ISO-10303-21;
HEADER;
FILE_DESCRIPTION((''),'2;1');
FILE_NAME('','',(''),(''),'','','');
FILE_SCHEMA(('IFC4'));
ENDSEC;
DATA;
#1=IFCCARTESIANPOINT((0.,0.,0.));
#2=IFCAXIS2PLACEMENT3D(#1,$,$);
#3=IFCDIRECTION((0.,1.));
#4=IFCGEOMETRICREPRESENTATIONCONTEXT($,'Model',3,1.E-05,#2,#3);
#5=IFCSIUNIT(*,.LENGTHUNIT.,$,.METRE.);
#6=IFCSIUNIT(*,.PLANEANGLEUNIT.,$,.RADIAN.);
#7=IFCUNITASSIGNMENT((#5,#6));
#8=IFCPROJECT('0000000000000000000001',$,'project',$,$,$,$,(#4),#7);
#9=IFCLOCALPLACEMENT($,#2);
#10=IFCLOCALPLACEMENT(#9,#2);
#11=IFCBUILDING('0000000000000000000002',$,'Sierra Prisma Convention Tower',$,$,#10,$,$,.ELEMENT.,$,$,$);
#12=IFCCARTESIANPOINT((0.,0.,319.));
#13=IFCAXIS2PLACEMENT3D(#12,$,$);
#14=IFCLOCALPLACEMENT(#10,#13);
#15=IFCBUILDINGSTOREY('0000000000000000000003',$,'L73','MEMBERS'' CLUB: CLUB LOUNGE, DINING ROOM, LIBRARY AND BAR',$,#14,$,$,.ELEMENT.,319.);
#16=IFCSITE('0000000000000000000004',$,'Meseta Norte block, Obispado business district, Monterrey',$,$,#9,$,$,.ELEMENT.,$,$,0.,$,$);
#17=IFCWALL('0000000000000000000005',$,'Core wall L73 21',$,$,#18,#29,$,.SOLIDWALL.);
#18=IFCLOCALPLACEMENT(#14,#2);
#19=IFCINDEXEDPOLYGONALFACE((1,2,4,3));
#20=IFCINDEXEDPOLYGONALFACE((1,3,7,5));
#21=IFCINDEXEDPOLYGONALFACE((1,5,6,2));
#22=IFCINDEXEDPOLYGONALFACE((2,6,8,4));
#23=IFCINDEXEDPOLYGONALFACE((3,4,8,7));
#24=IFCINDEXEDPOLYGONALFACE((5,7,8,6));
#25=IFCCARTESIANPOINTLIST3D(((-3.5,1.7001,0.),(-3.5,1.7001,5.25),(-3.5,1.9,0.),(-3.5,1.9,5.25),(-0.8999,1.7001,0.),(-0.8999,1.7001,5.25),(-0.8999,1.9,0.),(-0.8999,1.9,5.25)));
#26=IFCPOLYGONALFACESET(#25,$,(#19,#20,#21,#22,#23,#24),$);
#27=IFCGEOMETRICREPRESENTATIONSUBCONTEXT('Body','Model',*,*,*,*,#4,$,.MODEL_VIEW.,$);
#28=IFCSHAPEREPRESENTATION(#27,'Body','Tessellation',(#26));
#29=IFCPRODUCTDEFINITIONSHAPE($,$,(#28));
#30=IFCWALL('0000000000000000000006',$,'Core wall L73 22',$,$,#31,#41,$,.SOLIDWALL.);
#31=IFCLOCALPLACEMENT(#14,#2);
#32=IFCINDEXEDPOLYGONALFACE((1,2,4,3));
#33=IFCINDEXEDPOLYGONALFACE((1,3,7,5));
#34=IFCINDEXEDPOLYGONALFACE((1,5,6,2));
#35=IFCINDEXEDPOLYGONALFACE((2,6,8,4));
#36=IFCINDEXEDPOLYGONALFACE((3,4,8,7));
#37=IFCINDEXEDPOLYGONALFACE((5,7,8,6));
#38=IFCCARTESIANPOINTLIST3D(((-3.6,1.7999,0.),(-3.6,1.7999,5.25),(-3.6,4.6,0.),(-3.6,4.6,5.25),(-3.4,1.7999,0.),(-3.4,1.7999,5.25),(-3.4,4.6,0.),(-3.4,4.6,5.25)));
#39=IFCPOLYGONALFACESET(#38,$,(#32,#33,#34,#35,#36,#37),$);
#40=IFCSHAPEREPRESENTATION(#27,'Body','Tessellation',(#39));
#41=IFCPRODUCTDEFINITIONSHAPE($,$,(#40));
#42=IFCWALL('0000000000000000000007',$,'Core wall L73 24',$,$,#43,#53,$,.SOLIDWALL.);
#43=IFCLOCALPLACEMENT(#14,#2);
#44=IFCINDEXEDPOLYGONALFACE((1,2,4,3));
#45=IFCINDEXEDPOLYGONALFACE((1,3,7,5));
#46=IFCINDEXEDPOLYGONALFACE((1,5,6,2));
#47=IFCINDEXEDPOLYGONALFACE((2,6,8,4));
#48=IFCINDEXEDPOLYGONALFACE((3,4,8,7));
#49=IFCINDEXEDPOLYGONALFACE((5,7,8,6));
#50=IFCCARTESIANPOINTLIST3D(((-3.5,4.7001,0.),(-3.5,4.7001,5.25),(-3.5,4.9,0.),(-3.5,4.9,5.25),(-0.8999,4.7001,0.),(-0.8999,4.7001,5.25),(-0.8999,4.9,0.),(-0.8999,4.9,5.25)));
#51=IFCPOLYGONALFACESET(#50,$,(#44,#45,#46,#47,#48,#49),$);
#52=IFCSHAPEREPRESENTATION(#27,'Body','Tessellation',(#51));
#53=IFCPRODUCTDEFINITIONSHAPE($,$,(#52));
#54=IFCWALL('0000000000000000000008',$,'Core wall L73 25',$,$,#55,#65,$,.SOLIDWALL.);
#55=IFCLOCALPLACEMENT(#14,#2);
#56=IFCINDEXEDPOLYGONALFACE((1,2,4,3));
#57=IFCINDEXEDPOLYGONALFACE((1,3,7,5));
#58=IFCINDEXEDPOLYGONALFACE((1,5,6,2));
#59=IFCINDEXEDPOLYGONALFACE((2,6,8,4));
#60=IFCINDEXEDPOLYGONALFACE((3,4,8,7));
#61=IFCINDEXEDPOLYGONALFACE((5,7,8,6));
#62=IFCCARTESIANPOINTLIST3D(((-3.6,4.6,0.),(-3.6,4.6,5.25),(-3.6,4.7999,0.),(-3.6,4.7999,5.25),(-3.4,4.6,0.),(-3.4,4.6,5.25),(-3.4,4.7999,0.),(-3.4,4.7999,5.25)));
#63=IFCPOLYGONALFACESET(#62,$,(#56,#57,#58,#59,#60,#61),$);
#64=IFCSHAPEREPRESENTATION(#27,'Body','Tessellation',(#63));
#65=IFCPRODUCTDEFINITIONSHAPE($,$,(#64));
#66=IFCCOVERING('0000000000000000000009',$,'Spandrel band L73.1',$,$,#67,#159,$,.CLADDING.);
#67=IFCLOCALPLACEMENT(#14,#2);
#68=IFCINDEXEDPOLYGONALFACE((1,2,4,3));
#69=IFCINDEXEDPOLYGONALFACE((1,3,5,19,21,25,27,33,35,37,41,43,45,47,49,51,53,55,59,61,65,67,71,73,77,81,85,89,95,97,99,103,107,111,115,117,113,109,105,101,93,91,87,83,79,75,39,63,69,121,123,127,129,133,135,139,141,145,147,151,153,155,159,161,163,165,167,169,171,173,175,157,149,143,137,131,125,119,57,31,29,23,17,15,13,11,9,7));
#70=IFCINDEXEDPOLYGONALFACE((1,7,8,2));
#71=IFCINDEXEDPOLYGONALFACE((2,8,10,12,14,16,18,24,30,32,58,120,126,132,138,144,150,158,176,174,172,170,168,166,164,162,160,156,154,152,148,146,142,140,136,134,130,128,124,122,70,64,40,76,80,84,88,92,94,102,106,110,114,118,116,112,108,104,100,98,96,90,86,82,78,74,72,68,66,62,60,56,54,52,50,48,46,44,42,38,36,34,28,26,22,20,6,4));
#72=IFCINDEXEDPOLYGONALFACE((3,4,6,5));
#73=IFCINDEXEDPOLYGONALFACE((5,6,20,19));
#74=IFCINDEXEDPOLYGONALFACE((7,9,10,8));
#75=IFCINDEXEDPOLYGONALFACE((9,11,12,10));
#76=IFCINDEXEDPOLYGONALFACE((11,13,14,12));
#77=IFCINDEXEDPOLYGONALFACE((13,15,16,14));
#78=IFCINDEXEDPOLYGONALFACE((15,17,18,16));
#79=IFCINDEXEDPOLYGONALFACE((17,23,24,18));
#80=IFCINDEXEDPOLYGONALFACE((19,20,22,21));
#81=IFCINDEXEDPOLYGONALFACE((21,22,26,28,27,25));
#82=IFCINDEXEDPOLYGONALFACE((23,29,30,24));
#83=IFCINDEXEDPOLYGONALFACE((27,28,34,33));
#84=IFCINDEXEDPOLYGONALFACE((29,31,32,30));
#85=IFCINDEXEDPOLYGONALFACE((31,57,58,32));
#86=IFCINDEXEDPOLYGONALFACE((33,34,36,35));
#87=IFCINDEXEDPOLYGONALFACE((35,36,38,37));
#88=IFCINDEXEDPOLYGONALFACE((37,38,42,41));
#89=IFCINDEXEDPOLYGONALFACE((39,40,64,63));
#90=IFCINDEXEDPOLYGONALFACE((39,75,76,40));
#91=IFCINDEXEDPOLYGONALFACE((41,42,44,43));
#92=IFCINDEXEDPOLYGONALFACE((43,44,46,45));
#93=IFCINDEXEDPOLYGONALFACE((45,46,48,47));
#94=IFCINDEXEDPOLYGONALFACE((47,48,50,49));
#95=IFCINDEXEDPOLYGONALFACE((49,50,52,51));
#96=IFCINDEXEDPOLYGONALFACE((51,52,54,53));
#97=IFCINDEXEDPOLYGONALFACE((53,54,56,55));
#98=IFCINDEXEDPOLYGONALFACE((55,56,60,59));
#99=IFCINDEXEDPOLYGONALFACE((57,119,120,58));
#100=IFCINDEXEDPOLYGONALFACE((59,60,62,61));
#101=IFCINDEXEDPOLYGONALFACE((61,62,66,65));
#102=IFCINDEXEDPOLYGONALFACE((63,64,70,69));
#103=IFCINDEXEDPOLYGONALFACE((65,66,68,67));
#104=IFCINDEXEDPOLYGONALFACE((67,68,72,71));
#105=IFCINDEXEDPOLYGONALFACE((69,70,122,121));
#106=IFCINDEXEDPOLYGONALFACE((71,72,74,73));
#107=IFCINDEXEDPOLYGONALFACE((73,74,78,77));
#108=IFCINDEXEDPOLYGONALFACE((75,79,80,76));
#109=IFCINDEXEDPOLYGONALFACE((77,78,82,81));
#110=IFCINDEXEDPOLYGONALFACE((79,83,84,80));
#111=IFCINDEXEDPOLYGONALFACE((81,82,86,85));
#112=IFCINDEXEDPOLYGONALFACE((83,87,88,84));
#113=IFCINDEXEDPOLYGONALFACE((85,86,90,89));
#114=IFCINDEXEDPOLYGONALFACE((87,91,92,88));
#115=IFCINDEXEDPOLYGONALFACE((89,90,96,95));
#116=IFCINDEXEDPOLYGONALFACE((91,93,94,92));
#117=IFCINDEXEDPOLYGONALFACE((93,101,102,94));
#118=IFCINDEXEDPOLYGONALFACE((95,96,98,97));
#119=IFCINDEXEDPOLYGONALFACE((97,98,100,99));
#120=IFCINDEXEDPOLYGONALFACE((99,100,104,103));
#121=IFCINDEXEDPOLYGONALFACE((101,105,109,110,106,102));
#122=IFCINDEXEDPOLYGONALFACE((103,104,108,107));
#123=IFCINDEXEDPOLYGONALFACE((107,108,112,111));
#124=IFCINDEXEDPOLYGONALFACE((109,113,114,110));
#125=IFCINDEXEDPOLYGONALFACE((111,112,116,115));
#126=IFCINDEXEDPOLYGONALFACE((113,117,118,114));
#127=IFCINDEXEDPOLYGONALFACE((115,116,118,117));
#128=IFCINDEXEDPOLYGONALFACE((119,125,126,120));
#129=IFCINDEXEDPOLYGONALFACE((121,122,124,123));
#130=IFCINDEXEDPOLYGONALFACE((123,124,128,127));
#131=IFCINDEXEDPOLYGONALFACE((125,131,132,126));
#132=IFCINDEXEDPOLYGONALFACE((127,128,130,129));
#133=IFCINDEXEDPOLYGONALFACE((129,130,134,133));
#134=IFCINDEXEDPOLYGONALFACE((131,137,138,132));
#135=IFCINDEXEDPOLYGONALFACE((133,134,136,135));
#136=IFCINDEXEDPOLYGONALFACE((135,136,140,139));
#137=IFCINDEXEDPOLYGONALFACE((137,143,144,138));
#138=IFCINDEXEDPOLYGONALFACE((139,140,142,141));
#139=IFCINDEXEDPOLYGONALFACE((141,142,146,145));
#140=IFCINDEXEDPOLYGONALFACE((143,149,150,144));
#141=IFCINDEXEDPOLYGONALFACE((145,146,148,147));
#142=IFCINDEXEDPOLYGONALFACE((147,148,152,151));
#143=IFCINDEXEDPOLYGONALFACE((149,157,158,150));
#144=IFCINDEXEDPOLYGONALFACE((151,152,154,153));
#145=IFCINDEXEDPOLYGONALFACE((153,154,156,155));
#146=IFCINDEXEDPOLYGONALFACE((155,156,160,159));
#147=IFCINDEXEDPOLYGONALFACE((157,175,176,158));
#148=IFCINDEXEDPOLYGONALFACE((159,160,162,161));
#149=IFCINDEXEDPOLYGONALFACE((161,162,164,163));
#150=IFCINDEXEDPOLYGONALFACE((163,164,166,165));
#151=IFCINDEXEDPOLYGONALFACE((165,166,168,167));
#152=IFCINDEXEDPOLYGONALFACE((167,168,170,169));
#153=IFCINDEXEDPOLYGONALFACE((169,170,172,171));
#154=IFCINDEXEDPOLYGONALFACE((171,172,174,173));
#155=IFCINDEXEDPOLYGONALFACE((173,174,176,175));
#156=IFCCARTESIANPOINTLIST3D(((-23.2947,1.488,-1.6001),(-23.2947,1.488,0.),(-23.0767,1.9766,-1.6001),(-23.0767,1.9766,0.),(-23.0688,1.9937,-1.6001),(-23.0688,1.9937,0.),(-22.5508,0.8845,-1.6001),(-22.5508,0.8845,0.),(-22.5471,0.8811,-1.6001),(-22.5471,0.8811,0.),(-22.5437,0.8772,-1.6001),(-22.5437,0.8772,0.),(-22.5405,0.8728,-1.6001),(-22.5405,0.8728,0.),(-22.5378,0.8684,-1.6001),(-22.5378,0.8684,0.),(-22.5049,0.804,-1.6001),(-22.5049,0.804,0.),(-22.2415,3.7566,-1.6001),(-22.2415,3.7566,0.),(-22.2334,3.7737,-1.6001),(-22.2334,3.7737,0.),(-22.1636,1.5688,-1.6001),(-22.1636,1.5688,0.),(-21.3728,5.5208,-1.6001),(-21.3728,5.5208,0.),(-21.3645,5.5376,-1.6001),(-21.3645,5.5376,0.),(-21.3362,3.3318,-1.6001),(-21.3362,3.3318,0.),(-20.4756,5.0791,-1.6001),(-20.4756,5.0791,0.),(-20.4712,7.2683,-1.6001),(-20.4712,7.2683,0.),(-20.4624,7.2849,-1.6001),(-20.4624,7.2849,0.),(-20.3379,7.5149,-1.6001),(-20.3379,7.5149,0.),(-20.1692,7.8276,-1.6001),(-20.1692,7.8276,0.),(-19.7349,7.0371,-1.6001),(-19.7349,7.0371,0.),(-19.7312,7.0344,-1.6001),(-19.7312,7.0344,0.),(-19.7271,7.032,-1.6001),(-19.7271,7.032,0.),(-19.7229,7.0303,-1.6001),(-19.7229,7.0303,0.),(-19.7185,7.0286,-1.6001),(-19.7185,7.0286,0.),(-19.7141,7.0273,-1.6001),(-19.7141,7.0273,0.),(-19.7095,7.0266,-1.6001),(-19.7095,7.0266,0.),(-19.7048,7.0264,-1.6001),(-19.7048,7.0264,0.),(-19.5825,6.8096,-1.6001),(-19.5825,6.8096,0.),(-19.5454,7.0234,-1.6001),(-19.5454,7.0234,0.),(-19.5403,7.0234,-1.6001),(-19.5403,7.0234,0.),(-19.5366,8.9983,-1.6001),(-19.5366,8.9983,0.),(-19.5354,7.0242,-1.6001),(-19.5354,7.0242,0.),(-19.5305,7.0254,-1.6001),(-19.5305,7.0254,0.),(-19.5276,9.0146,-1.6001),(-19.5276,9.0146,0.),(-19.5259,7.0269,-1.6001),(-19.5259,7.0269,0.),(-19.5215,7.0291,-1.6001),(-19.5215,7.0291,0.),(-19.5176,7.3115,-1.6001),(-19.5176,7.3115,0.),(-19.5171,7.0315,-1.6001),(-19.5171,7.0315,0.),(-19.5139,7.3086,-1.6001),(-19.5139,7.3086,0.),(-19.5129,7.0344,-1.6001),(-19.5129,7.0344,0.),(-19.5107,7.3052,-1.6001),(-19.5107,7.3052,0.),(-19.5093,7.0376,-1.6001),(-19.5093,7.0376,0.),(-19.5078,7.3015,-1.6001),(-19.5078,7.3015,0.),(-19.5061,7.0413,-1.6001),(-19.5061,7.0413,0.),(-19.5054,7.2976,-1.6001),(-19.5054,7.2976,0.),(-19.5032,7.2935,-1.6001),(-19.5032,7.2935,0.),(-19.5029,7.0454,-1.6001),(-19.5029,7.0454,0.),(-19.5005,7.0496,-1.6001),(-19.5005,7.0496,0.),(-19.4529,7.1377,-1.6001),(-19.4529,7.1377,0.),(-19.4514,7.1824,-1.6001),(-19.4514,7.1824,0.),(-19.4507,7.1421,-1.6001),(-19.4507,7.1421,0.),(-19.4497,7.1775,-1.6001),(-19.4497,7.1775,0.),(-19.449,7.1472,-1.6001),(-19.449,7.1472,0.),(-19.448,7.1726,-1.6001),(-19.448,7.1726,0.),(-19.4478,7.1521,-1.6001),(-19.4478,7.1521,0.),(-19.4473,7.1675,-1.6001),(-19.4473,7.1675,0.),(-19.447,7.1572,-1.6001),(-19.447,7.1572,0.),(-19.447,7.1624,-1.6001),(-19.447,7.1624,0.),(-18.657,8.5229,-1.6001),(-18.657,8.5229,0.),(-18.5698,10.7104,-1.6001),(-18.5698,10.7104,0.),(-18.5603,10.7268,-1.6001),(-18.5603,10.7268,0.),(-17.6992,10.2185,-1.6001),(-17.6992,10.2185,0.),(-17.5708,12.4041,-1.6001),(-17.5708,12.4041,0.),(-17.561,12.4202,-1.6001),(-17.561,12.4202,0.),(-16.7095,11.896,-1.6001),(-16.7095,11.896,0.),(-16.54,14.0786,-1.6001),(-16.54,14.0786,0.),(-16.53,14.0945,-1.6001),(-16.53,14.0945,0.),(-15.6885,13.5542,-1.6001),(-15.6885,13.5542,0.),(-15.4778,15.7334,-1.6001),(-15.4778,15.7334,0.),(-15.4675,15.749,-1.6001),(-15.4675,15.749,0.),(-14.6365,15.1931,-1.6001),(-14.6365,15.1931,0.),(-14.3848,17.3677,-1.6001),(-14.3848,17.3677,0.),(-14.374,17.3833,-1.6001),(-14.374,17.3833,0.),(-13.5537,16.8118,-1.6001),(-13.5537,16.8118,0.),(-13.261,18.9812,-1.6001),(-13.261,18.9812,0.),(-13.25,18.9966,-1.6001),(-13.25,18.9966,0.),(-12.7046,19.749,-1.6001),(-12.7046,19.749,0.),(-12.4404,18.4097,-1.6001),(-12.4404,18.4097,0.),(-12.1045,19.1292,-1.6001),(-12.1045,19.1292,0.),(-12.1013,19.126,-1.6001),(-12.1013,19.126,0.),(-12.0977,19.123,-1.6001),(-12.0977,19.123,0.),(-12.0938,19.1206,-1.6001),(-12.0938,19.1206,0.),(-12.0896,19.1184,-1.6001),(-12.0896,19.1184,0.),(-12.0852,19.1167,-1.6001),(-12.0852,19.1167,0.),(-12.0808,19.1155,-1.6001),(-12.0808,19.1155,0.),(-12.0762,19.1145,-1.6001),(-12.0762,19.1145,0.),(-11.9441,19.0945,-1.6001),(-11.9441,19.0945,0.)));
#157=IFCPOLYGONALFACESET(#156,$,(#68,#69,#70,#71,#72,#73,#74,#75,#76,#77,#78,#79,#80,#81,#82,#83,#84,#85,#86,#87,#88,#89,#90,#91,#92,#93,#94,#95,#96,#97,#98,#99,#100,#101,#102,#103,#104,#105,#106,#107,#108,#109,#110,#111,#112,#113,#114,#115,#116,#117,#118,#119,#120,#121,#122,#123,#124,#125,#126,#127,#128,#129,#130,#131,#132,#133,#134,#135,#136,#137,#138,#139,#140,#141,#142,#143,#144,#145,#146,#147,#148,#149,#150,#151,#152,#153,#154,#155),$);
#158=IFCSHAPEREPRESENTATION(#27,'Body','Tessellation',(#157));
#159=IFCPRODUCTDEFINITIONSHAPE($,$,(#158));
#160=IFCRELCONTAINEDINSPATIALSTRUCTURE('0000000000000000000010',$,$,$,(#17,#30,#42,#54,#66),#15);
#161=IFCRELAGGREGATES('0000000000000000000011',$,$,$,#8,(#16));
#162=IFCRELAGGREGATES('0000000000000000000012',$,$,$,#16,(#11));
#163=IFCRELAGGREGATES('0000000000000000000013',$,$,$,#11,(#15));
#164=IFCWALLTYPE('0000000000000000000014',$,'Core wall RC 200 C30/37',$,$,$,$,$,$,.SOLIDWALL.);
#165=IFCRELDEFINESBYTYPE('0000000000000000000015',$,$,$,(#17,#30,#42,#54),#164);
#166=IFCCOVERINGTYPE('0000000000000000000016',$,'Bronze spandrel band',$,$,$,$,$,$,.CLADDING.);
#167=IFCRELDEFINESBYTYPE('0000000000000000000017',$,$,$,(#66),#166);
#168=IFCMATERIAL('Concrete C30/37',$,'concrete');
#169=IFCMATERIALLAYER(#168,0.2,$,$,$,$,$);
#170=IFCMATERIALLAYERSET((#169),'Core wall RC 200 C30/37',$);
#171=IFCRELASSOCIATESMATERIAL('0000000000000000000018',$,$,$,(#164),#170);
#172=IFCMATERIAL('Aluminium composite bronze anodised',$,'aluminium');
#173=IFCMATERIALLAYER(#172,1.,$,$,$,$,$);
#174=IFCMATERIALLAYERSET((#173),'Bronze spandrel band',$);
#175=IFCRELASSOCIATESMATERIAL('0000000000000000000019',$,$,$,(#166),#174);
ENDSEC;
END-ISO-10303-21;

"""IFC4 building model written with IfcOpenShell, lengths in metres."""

from ifc_helpers import new_model, si_unit, direction, frame, frame_2d, origin, place, context, subcontext, project, spatial, polyline, rectangle, outline, extrude, material, layer, layer_set, type_object, element, save


model = new_model("IFC4")

# Units and contexts
model_context = context("Model", 3, precision=1e-05, world=origin(), true_north=direction((0.0, 1.0)))
body_context = subcontext(model_context, "Body", "Model", "MODEL_VIEW")
ifc_project = project(units=[si_unit("LENGTHUNIT", "METRE"), si_unit("PLANEANGLEUNIT", "RADIAN")], contexts=[model_context])

# Site, building, storey
site_placement = place(None, origin())
site = spatial("IfcSite", under=ifc_project, at=site_placement, Name="Meseta Norte block, Obispado business district, Monterrey", CompositionType="ELEMENT", RefElevation=0.0)
building_placement = place(site_placement, origin())
building = spatial("IfcBuilding", under=site, at=building_placement, Name="Sierra Prisma Convention Tower", CompositionType="ELEMENT")
storey_placement = place(building_placement, frame((0.0, 0.0, 319.0)))
storey = spatial("IfcBuildingStorey", under=building, at=storey_placement, Name="L73", Description="MEMBERS' CLUB: CLUB LOUNGE, DINING ROOM, LIBRARY AND BAR", CompositionType="ELEMENT", Elevation=319.0)

# Shared definitions
ifc_material_1 = material(Name="Concrete C30/37", Category="concrete")
ifc_layer_1 = layer(ifc_material_1, 0.2)
ifc_layer_set_1 = layer_set([ifc_layer_1], Name="Core wall RC 200 C30/37")
wall_type = type_object("IfcWallType", Name="Core wall RC 200 C30/37", PredefinedType="SOLIDWALL", material=ifc_layer_set_1)

# Walls
wall_1_placement = place(storey_placement, frame((-0.8999, 1.8, 0.0), z_axis=(0.0, 0.0, 1.0), x_axis=(-1.0, 0.0, 0.0)))
element("IfcWall", 1, at=wall_1_placement, inside=storey, type_object=wall_type, Name="Core wall L73 21", PredefinedType="SOLIDWALL", context=body_context, shape_type="SweptSolid", body=[
    extrude(rectangle(XDim=2.6001, YDim=0.2, at=frame_2d((1.3, 0.0))), origin(), (0.0, 0.0, 1.0), 5.25),
])
wall_2_placement = place(storey_placement, frame((-3.5, 1.8, 0.0), z_axis=(0.0, 0.0, 1.0), x_axis=(0.0, 1.0, 0.0)))
element("IfcWall", 2, at=wall_2_placement, inside=storey, type_object=wall_type, Name="Core wall L73 22", PredefinedType="SOLIDWALL", context=body_context, shape_type="SweptSolid", body=[
    extrude(rectangle(XDim=2.8, YDim=0.2, at=frame_2d((1.3999, 0.0))), origin(), (0.0, 0.0, 1.0), 5.25),
])

# Walls
wall_3_placement = place(storey_placement, frame((-0.8999, 4.8, 0.0), z_axis=(0.0, 0.0, 1.0), x_axis=(-1.0, 0.0, 0.0)))
element("IfcWall", 3, at=wall_3_placement, inside=storey, type_object=wall_type, Name="Core wall L73 24", PredefinedType="SOLIDWALL", context=body_context, shape_type="SweptSolid", body=[
    extrude(rectangle(XDim=2.6001, YDim=0.2, at=frame_2d((1.3, 0.0))), origin(), (0.0, 0.0, 1.0), 5.25),
])
wall_4_placement = place(storey_placement, frame((-3.5, 4.8, 0.0), z_axis=(0.0, 0.0, 1.0), x_axis=(0.0, -1.0, 0.0)))
element("IfcWall", 4, at=wall_4_placement, inside=storey, type_object=wall_type, Name="Core wall L73 25", PredefinedType="SOLIDWALL", context=body_context, shape_type="SweptSolid", body=[
    extrude(rectangle(XDim=0.2, YDim=0.2, at=frame_2d((0.1001, 0.0))), origin(), (0.0, 0.0, 1.0), 5.25),
])

# Covering
ifc_material_2 = material(Name="Aluminium composite bronze anodised", Category="aluminium")
ifc_layer_2 = layer(ifc_material_2, 1.0)
ifc_layer_set_2 = layer_set([ifc_layer_2], Name="Bronze spandrel band")
covering_type = type_object("IfcCoveringType", Name="Bronze spandrel band", PredefinedType="CLADDING", material=ifc_layer_set_2)
covering_1_placement = place(storey_placement, frame((0.0, 0.0, -1.6001)))
element("IfcCovering", 5, at=covering_1_placement, inside=storey, type_object=covering_type, Name="Spandrel band L73.1", PredefinedType="CLADDING", context=body_context, shape_type="SweptSolid", body=[
    extrude(outline(polyline([(-19.7229, 7.0303), (-19.7185, 7.0286), (-19.7141, 7.0273), (-19.7095, 7.0266), (-19.7048, 7.0264), (-19.5454, 7.0234), (-19.5403, 7.0234), (-19.5354, 7.0242), (-19.5305, 7.0254), (-19.5259, 7.0269), (-19.5215, 7.0291), (-19.5171, 7.0315), (-19.5129, 7.0344), (-19.5093, 7.0376), (-19.5061, 7.0413), (-19.5029, 7.0454), (-19.5005, 7.0496), (-19.4529, 7.1377), (-19.4507, 7.1421), (-19.449, 7.1472), (-19.4478, 7.1521), (-19.447, 7.1572), (-19.447, 7.1624), (-19.4473, 7.1675), (-19.448, 7.1726), (-19.4497, 7.1775), (-19.4514, 7.1824), (-19.5032, 7.2935), (-19.5054, 7.2976), (-19.5078, 7.3015), (-19.5107, 7.3052), (-19.5139, 7.3086), (-19.5176, 7.3115), (-20.1692, 7.8276), (-19.5366, 8.9983), (-19.5276, 9.0146), (-18.5698, 10.7104), (-18.5603, 10.7268), (-17.5708, 12.4041), (-17.561, 12.4202), (-16.54, 14.0786), (-16.53, 14.0945), (-15.4778, 15.7334), (-15.4675, 15.749), (-14.3848, 17.3677), (-14.374, 17.3833), (-13.261, 18.9812), (-13.25, 18.9966), (-12.7046, 19.749), (-12.1045, 19.1292), (-12.1013, 19.126), (-12.0977, 19.123), (-12.0938, 19.1206), (-12.0896, 19.1184), (-12.0852, 19.1167), (-12.0808, 19.1155), (-12.0762, 19.1145), (-11.9441, 19.0945), (-12.4404, 18.4097), (-13.5537, 16.8118), (-14.6365, 15.1931), (-15.6885, 13.5542), (-16.7095, 11.896), (-17.6992, 10.2185), (-18.657, 8.5229), (-19.5825, 6.8096), (-20.4756, 5.0791), (-21.3362, 3.3318), (-22.1636, 1.5688), (-22.5049, 0.804), (-22.5378, 0.8684), (-22.5405, 0.8728), (-22.5437, 0.8772), (-22.5471, 0.8811), (-22.5508, 0.8845), (-23.2947, 1.488), (-23.0767, 1.9766), (-23.0688, 1.9937), (-22.2415, 3.7566), (-22.2334, 3.7737), (-21.3728, 5.5208), (-21.3645, 5.5376), (-20.4712, 7.2683), (-20.4624, 7.2849), (-20.3379, 7.5149), (-19.7349, 7.0371), (-19.7312, 7.0344), (-19.7271, 7.032), (-19.7229, 7.0303)])), origin(), (0.0, 0.0, 1.0), 1.6001),
])

save(model, "model.ifc")
